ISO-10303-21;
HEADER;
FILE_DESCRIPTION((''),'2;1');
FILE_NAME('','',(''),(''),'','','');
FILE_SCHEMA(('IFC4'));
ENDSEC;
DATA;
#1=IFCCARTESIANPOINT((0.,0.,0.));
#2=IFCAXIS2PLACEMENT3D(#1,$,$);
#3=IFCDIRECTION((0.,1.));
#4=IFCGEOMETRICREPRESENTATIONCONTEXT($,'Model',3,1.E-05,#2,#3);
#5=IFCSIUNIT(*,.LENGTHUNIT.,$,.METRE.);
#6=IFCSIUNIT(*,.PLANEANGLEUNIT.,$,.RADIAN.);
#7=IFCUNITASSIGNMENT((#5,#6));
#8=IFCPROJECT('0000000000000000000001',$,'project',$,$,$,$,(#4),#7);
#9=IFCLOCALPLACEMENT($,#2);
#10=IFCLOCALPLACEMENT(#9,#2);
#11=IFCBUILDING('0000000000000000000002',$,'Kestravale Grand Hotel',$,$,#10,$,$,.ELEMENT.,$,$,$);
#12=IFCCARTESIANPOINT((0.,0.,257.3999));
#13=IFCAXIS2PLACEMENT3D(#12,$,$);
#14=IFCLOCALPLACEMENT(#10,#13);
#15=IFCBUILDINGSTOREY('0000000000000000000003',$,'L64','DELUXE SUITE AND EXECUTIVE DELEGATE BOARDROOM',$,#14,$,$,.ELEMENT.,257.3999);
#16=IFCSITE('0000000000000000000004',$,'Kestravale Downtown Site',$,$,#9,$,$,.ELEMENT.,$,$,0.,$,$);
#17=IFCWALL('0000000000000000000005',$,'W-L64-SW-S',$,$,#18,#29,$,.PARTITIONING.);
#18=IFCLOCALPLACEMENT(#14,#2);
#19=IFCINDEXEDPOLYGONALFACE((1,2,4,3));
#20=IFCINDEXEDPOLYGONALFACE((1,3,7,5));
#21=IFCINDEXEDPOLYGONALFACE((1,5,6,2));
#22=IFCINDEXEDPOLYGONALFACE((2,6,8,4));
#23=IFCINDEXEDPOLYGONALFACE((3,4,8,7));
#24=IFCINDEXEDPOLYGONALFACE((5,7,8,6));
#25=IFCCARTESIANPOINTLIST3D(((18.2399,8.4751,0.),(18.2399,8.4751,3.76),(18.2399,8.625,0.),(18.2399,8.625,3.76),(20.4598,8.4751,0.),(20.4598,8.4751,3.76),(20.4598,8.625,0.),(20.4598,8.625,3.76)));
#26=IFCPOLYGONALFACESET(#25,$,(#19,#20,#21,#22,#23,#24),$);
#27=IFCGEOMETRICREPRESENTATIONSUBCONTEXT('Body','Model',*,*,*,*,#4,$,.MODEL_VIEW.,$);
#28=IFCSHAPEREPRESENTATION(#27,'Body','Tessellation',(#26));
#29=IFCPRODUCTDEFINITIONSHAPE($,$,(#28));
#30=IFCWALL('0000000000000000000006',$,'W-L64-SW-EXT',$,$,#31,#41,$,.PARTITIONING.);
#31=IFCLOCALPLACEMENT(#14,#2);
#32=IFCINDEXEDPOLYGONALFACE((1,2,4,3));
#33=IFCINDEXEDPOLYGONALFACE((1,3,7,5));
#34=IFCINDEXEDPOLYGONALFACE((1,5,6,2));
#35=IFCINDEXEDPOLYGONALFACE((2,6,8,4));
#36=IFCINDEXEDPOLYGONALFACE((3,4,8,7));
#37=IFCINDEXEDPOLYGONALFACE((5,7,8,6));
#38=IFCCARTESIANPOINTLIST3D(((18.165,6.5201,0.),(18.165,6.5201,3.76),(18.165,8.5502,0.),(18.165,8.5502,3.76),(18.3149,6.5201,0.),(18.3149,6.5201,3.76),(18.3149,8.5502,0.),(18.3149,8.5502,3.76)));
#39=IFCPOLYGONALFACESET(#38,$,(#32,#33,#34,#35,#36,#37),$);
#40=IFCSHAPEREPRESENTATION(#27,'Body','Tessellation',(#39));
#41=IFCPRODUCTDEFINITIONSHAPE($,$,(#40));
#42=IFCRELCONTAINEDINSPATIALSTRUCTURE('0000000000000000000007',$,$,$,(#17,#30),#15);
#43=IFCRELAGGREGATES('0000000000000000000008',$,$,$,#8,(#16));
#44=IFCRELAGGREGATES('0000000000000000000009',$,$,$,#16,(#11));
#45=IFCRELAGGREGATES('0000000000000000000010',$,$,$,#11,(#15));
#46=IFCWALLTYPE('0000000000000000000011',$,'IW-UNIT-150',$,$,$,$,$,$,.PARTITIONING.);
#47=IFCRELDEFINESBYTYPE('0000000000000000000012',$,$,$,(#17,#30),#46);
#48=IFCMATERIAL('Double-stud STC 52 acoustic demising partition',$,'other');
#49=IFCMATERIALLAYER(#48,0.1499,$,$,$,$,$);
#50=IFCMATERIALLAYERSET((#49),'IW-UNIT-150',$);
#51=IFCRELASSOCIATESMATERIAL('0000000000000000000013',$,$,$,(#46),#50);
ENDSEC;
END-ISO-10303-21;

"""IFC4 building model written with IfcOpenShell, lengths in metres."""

from ifc_helpers import new_model, si_unit, direction, frame, frame_2d, origin, place, context, subcontext, project, spatial, rectangle, extrude, material, layer, layer_set, type_object, element, save


model = new_model("IFC4")

# Units and contexts
model_context = context("Model", 3, precision=1e-05, world=origin(), true_north=direction((0.0, 1.0)))
body_context = subcontext(model_context, "Body", "Model", "MODEL_VIEW")
ifc_project = project(units=[si_unit("LENGTHUNIT", "METRE"), si_unit("PLANEANGLEUNIT", "RADIAN")], contexts=[model_context])

# Site, building, storey
site_placement = place(None, origin())
site = spatial("IfcSite", under=ifc_project, at=site_placement, Name="Kestravale Downtown Site", CompositionType="ELEMENT", RefElevation=0.0)
building_placement = place(site_placement, origin())
building = spatial("IfcBuilding", under=site, at=building_placement, Name="Kestravale Grand Hotel", CompositionType="ELEMENT")
storey_placement = place(building_placement, frame((0.0, 0.0, 257.3999)))
storey = spatial("IfcBuildingStorey", under=building, at=storey_placement, Name="L64", Description="DELUXE SUITE AND EXECUTIVE DELEGATE BOARDROOM", CompositionType="ELEMENT", Elevation=257.3999)

# Walls
ifc_material_1 = material(Name="Double-stud STC 52 acoustic demising partition", Category="other")
ifc_layer_1 = layer(ifc_material_1, 0.1499)
ifc_layer_set_1 = layer_set([ifc_layer_1], Name="IW-UNIT-150")
wall_type_1 = type_object("IfcWallType", Name="IW-UNIT-150", PredefinedType="PARTITIONING", material=ifc_layer_set_1)
wall_1_placement = place(storey_placement, frame((18.24, 8.55, 0.0), z_axis=(0.0, 0.0, 1.0), x_axis=(1.0, 0.0, 0.0)))
element("IfcWall", 1, at=wall_1_placement, inside=storey, type_object=wall_type_1, Name="W-L64-SW-S", PredefinedType="PARTITIONING", context=body_context, shape_type="SweptSolid", body=[
    extrude(rectangle(XDim=2.22, YDim=0.1499, at=frame_2d((1.1099, 0.0))), origin(), (0.0, 0.0, 1.0), 3.76),
])
wall_2_placement = place(storey_placement, frame((18.24, 6.52, 0.0), z_axis=(0.0, 0.0, 1.0), x_axis=(0.0, 1.0, 0.0)))
element("IfcWall", 2, at=wall_2_placement, inside=storey, type_object=wall_type_1, Name="W-L64-SW-EXT", PredefinedType="PARTITIONING", context=body_context, shape_type="SweptSolid", body=[
    extrude(rectangle(XDim=2.03, YDim=0.1499, at=frame_2d((1.0151, 0.0))), origin(), (0.0, 0.0, 1.0), 3.76),
])

save(model, "model.ifc")
